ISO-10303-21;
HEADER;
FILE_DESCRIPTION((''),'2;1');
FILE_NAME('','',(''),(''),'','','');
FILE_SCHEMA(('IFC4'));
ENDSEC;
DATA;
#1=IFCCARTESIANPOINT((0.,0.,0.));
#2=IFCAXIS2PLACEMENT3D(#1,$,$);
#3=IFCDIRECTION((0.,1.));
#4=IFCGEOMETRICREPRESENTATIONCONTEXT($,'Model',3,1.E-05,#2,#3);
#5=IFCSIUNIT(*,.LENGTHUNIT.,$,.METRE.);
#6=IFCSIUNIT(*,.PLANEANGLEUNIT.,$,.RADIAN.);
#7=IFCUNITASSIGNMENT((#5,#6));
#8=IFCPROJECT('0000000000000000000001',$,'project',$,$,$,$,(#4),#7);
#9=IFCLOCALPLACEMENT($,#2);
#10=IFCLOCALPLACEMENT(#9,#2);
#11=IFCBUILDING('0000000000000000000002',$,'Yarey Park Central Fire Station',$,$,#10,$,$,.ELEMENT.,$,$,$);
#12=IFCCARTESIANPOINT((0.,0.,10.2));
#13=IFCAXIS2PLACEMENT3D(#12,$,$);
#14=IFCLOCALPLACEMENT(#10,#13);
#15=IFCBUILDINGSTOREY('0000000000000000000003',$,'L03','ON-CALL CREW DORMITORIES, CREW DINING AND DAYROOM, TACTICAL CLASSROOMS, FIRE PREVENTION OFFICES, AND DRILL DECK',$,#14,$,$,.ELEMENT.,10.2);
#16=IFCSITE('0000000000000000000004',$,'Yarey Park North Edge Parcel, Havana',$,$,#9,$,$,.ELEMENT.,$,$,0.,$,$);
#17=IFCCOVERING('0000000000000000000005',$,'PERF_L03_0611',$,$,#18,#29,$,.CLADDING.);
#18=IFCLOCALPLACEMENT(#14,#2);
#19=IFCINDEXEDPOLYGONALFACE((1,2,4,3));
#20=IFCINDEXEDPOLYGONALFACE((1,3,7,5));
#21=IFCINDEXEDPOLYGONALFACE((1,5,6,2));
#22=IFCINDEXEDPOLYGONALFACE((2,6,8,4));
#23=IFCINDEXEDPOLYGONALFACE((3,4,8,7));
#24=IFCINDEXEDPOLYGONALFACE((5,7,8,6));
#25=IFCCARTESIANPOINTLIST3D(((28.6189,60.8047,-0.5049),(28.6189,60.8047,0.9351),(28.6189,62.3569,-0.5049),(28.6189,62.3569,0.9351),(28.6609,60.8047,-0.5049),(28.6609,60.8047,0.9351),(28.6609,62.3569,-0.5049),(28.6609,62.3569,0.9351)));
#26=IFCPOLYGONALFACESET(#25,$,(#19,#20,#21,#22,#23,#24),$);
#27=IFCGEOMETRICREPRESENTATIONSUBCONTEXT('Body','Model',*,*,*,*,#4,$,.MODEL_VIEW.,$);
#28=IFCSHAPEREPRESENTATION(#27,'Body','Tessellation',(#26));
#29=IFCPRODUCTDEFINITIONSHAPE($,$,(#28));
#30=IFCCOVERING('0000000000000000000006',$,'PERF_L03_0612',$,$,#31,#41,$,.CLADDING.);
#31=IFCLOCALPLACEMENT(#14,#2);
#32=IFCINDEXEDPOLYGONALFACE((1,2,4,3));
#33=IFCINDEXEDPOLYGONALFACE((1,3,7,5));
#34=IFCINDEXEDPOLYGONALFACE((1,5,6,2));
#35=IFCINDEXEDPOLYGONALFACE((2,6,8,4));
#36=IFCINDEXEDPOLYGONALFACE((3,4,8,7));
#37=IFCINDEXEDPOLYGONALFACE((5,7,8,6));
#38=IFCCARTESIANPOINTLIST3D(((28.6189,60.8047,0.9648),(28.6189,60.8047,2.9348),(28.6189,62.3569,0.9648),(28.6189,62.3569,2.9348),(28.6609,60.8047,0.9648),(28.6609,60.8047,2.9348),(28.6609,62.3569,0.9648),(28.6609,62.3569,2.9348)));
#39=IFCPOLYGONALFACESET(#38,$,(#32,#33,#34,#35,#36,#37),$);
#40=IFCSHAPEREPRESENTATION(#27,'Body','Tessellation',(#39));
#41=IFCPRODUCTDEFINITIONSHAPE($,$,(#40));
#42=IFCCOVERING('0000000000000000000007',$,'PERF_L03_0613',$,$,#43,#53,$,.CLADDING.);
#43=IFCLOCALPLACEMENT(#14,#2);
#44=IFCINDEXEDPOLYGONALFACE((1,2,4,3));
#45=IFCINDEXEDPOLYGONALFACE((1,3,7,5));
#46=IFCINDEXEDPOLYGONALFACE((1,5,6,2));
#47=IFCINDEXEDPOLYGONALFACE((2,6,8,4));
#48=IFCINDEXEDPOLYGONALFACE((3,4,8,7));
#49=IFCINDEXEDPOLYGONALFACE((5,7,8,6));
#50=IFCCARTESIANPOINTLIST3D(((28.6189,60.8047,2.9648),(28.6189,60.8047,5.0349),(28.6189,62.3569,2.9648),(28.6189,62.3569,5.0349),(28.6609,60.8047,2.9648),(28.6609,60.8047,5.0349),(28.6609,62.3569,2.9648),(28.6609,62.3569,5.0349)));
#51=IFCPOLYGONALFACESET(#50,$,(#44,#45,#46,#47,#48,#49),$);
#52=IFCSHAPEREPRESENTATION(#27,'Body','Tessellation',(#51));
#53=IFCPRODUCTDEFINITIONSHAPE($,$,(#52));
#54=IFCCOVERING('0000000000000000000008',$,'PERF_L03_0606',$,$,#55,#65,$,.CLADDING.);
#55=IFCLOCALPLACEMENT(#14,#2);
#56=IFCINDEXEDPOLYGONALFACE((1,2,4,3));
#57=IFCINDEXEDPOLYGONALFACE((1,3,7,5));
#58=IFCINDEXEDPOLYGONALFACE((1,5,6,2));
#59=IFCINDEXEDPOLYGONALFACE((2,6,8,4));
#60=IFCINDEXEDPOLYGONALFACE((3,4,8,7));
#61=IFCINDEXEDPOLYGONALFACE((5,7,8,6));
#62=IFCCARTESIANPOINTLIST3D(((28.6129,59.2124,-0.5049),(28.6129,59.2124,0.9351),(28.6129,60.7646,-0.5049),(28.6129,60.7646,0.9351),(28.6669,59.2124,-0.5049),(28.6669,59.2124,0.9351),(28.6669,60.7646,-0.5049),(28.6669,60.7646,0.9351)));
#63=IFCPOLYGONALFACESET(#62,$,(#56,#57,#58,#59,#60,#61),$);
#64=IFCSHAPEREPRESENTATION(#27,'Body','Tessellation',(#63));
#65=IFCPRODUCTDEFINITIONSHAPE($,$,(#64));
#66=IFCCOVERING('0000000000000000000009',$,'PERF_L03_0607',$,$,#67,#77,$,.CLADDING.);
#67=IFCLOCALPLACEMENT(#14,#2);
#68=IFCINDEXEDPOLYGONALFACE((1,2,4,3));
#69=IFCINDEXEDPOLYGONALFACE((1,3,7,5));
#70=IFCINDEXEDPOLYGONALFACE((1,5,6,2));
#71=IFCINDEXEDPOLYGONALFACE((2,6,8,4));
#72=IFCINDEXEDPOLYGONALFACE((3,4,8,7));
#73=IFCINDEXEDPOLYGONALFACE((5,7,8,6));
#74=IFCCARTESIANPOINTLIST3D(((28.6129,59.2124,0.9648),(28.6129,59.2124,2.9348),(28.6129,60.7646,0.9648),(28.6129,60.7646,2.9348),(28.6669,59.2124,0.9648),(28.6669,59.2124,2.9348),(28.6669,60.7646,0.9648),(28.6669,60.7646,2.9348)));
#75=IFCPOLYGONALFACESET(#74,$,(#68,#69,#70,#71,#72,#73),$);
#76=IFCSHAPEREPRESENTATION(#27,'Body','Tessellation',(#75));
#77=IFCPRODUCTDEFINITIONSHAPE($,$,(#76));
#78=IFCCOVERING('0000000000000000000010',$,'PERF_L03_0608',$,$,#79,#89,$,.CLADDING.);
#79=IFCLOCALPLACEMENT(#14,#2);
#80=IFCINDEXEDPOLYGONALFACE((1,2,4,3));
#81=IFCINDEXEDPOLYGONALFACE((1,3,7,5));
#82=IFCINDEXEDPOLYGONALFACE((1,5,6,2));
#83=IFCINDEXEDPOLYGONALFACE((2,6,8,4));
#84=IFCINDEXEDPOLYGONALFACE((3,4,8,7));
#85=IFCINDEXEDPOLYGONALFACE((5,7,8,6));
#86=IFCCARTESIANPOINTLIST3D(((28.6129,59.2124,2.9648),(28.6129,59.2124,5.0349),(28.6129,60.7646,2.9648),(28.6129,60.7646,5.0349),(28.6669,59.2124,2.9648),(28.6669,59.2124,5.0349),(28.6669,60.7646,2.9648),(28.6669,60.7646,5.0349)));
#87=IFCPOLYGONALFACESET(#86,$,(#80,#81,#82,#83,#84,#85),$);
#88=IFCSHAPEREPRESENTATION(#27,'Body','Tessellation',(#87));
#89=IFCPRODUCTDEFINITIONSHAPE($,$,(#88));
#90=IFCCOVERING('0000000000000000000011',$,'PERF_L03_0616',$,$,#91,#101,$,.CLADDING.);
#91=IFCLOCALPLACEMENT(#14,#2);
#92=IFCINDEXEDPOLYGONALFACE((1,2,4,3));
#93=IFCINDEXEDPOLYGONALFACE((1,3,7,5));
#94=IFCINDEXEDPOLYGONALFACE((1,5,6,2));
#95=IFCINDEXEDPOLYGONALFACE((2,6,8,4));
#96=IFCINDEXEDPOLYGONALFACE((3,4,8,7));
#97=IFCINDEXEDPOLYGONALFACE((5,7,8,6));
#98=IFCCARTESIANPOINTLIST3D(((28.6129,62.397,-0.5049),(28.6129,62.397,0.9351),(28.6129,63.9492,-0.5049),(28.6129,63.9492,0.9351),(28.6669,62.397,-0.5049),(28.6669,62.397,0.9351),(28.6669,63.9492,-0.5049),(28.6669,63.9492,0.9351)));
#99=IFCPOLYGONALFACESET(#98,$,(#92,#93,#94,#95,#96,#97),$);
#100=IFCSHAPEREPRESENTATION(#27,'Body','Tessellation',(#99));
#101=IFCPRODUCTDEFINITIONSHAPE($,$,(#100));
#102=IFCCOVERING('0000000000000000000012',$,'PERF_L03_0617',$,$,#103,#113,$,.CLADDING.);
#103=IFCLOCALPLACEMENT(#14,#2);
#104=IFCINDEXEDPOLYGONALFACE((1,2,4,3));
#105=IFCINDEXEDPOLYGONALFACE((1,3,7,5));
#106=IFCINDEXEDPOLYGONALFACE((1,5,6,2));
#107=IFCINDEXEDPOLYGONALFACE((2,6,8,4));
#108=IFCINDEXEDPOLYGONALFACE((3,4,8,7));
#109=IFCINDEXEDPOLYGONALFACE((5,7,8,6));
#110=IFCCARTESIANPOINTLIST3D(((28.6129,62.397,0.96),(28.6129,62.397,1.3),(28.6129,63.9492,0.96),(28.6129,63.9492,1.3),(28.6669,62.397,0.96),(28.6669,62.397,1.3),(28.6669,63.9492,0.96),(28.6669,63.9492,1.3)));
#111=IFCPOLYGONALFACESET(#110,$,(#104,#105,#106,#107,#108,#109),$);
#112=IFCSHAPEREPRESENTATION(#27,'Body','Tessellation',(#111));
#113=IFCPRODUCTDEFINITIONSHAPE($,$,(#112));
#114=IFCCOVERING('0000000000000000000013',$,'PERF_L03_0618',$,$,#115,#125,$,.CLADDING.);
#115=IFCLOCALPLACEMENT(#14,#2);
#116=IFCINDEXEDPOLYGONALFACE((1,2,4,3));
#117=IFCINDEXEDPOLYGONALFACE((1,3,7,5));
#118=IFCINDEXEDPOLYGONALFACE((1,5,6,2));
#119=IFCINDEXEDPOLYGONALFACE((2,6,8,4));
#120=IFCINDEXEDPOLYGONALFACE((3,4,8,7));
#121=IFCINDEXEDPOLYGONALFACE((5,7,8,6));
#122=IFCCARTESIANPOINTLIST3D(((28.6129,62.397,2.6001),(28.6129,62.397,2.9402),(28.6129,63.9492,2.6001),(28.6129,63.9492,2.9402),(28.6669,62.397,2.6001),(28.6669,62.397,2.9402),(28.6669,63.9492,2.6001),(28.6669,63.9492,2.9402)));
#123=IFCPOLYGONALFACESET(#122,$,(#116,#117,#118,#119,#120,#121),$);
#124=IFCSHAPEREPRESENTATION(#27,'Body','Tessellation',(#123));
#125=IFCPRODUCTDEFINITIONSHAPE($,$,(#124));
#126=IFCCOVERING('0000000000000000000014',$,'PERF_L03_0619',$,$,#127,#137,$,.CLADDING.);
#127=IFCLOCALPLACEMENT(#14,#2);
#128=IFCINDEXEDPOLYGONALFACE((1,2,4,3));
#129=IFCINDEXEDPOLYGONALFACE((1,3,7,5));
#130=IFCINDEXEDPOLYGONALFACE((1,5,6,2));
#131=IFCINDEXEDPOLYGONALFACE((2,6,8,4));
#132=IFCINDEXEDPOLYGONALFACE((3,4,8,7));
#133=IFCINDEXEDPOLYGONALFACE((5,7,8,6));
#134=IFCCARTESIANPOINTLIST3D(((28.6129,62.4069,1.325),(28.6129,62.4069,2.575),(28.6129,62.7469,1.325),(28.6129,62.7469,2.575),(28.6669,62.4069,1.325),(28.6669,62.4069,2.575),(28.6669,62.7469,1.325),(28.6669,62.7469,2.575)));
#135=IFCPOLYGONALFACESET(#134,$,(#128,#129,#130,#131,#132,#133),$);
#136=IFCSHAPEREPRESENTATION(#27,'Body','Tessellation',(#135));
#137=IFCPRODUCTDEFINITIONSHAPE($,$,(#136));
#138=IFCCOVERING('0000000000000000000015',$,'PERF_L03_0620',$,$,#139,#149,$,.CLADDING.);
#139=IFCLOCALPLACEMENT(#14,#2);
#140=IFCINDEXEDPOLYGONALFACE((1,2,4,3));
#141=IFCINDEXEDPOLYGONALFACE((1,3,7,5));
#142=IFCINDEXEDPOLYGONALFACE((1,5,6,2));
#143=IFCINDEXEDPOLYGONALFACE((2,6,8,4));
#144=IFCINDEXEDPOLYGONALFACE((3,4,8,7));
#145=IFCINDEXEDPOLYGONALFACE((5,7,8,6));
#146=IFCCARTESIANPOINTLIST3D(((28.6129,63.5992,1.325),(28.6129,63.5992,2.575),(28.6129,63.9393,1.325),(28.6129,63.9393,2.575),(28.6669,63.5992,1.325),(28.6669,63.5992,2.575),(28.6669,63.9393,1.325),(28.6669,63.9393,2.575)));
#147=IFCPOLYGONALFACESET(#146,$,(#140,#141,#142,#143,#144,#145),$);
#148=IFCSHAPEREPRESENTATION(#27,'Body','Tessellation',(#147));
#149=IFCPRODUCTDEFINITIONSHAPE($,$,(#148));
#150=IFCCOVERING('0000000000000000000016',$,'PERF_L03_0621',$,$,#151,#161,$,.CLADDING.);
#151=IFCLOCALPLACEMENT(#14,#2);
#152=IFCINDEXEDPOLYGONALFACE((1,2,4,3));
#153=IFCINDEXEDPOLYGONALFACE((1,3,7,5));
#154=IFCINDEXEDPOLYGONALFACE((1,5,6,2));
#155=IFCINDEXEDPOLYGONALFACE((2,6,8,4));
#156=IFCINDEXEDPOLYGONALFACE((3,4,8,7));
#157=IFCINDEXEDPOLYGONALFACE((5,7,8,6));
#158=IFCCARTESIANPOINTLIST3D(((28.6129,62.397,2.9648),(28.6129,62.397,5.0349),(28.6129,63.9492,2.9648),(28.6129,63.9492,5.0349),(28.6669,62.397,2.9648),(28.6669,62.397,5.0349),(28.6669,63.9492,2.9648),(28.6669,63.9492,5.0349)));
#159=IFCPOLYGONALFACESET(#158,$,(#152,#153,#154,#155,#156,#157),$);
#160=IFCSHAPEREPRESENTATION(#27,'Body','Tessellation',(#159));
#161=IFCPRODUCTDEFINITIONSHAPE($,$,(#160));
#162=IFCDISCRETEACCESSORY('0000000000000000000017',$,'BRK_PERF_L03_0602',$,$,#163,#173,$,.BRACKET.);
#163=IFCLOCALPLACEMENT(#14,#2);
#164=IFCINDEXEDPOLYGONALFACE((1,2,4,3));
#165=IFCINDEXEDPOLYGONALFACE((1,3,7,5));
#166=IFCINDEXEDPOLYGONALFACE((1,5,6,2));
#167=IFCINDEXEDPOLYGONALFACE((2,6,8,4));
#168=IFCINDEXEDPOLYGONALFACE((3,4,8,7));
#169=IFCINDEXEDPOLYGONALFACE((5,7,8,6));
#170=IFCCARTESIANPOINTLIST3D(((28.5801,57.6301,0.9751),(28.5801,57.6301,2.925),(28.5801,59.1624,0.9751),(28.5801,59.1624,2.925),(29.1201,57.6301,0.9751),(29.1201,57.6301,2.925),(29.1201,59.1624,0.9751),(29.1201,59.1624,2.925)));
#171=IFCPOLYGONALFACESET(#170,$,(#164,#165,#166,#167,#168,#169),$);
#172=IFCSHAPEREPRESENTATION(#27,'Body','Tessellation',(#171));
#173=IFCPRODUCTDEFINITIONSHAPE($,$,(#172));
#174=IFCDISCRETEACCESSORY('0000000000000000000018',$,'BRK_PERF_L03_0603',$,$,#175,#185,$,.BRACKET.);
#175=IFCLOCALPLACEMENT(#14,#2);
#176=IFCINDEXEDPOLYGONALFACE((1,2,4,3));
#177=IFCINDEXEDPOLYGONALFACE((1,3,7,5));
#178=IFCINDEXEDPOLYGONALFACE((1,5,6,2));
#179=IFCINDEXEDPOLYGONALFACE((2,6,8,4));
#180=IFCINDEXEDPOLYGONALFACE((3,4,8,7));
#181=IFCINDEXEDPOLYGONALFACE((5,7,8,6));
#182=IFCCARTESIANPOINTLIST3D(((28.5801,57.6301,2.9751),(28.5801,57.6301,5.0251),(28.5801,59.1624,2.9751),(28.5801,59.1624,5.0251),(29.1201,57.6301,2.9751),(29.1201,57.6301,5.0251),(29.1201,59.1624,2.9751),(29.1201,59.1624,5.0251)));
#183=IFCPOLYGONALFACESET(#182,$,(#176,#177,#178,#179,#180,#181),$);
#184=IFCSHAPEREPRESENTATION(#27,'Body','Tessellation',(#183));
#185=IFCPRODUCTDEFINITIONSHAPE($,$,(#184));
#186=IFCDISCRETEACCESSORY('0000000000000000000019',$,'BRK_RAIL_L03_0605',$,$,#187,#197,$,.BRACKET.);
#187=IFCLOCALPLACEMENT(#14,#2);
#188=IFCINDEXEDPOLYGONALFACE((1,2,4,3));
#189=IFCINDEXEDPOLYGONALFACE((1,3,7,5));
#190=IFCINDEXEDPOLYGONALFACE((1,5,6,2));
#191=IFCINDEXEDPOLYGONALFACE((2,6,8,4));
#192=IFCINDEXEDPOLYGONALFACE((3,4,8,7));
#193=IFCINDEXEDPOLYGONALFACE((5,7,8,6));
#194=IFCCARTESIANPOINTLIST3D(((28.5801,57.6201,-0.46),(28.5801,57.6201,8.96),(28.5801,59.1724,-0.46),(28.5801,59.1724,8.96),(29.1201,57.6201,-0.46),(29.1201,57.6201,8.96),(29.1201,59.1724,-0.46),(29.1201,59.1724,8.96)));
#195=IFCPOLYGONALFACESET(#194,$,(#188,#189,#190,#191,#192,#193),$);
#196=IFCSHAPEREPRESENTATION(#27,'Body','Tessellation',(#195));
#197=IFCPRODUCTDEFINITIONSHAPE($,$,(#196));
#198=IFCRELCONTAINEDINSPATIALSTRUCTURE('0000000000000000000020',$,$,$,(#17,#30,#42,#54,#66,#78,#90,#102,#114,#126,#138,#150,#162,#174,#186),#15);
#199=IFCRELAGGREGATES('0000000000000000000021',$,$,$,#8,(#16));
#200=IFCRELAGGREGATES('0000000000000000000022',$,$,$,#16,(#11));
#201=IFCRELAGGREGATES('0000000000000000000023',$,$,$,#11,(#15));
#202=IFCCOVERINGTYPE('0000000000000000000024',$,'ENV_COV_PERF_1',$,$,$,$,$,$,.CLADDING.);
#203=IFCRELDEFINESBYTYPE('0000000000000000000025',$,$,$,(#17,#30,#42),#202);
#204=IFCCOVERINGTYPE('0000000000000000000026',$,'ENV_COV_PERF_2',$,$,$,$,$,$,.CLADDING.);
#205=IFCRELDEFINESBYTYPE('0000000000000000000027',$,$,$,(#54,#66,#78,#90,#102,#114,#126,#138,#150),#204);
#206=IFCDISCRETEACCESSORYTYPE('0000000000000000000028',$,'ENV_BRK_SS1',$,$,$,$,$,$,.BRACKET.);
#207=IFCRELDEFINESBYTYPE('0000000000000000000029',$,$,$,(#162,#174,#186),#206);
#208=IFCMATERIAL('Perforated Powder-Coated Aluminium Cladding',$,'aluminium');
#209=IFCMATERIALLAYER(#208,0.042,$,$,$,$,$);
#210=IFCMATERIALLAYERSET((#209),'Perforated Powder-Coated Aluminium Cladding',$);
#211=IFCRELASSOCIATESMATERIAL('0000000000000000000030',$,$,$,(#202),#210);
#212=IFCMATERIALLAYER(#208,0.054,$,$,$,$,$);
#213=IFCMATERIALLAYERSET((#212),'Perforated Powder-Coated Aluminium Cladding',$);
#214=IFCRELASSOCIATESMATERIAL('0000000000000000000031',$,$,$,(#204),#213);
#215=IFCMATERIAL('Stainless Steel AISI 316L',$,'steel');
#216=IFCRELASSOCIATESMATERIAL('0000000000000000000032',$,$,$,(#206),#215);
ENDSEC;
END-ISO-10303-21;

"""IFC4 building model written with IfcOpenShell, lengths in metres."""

from ifc_helpers import new_model, si_unit, direction, frame, origin, origin_2d, place, context, subcontext, project, spatial, rectangle, extrude, material, layer, layer_set, type_object, element, save


model = new_model("IFC4")

# Units and contexts
model_context = context("Model", 3, precision=1e-05, world=origin(), true_north=direction((0.0, 1.0)))
body_context = subcontext(model_context, "Body", "Model", "MODEL_VIEW")
ifc_project = project(units=[si_unit("LENGTHUNIT", "METRE"), si_unit("PLANEANGLEUNIT", "RADIAN")], contexts=[model_context])

# Site, building, storey
site_placement = place(None, origin())
site = spatial("IfcSite", under=ifc_project, at=site_placement, Name="Yarey Park North Edge Parcel, Havana", CompositionType="ELEMENT", RefElevation=0.0)
building_placement = place(site_placement, origin())
building = spatial("IfcBuilding", under=site, at=building_placement, Name="Yarey Park Central Fire Station", CompositionType="ELEMENT")
storey_placement = place(building_placement, frame((0.0, 0.0, 10.2)))
storey = spatial("IfcBuildingStorey", under=building, at=storey_placement, Name="L03", Description="ON-CALL CREW DORMITORIES, CREW DINING AND DAYROOM, TACTICAL CLASSROOMS, FIRE PREVENTION OFFICES, AND DRILL DECK", CompositionType="ELEMENT", Elevation=10.2)

# Coverings
ifc_material_1 = material(Name="Perforated Powder-Coated Aluminium Cladding", Category="aluminium")
ifc_layer_1 = layer(ifc_material_1, 0.042)
ifc_layer_set_1 = layer_set([ifc_layer_1], Name="Perforated Powder-Coated Aluminium Cladding")
covering_type_1 = type_object("IfcCoveringType", Name="ENV_COV_PERF_1", PredefinedType="CLADDING", material=ifc_layer_set_1)
covering_1_placement = place(storey_placement, frame((28.6399, 61.5808, -0.5049), z_axis=(0.0, 0.0, 1.0), x_axis=(0.0, 1.0, 0.0)))
element("IfcCovering", 1, at=covering_1_placement, inside=storey, type_object=covering_type_1, Name="PERF_L03_0611", PredefinedType="CLADDING", context=body_context, shape_type="SweptSolid", body=[
    extrude(rectangle(XDim=1.5522, YDim=0.042, at=origin_2d()), origin(), (0.0, 0.0, 1.0), 1.4399),
])
covering_2_placement = place(storey_placement, frame((28.6399, 61.5808, 0.9648), z_axis=(0.0, 0.0, 1.0), x_axis=(0.0, 1.0, 0.0)))
element("IfcCovering", 2, at=covering_2_placement, inside=storey, type_object=covering_type_1, Name="PERF_L03_0612", PredefinedType="CLADDING", context=body_context, shape_type="SweptSolid", body=[
    extrude(rectangle(XDim=1.5522, YDim=0.042, at=origin_2d()), origin(), (0.0, 0.0, 1.0), 1.97),
])
covering_3_placement = place(storey_placement, frame((28.6399, 61.5808, 2.9648), z_axis=(0.0, 0.0, 1.0), x_axis=(0.0, 1.0, 0.0)))
element("IfcCovering", 3, at=covering_3_placement, inside=storey, type_object=covering_type_1, Name="PERF_L03_0613", PredefinedType="CLADDING", context=body_context, shape_type="SweptSolid", body=[
    extrude(rectangle(XDim=1.5522, YDim=0.042, at=origin_2d()), origin(), (0.0, 0.0, 1.0), 2.0701),
])
ifc_layer_2 = layer(ifc_material_1, 0.054)
ifc_layer_set_2 = layer_set([ifc_layer_2], Name="Perforated Powder-Coated Aluminium Cladding")
covering_type_2 = type_object("IfcCoveringType", Name="ENV_COV_PERF_2", PredefinedType="CLADDING", material=ifc_layer_set_2)
covering_4_placement = place(storey_placement, frame((28.6399, 59.9885, -0.5049), z_axis=(0.0, 0.0, 1.0), x_axis=(0.0, 1.0, 0.0)))
element("IfcCovering", 4, at=covering_4_placement, inside=storey, type_object=covering_type_2, Name="PERF_L03_0606", PredefinedType="CLADDING", context=body_context, shape_type="SweptSolid", body=[
    extrude(rectangle(XDim=1.5522, YDim=0.054, at=origin_2d()), origin(), (0.0, 0.0, 1.0), 1.4399),
])
covering_5_placement = place(storey_placement, frame((28.6399, 59.9885, 0.9648), z_axis=(0.0, 0.0, 1.0), x_axis=(0.0, 1.0, 0.0)))
element("IfcCovering", 5, at=covering_5_placement, inside=storey, type_object=covering_type_2, Name="PERF_L03_0607", PredefinedType="CLADDING", context=body_context, shape_type="SweptSolid", body=[
    extrude(rectangle(XDim=1.5522, YDim=0.054, at=origin_2d()), origin(), (0.0, 0.0, 1.0), 1.97),
])
covering_6_placement = place(storey_placement, frame((28.6399, 59.9885, 2.9648), z_axis=(0.0, 0.0, 1.0), x_axis=(0.0, 1.0, 0.0)))
element("IfcCovering", 6, at=covering_6_placement, inside=storey, type_object=covering_type_2, Name="PERF_L03_0608", PredefinedType="CLADDING", context=body_context, shape_type="SweptSolid", body=[
    extrude(rectangle(XDim=1.5522, YDim=0.054, at=origin_2d()), origin(), (0.0, 0.0, 1.0), 2.0701),
])
covering_7_placement = place(storey_placement, frame((28.6399, 63.1731, -0.5049), z_axis=(0.0, 0.0, 1.0), x_axis=(0.0, 1.0, 0.0)))
element("IfcCovering", 7, at=covering_7_placement, inside=storey, type_object=covering_type_2, Name="PERF_L03_0616", PredefinedType="CLADDING", context=body_context, shape_type="SweptSolid", body=[
    extrude(rectangle(XDim=1.5522, YDim=0.054, at=origin_2d()), origin(), (0.0, 0.0, 1.0), 1.4399),
])
for number, where, z_axis, x_axis, name in (
    (8, (28.6399, 63.1731, 0.96), (0.0, 0.0, 1.0), (0.0, 1.0, 0.0), "PERF_L03_0617"),
    (9, (28.6399, 63.1731, 2.6001), (0.0, 0.0, 1.0), (0.0, 1.0, 0.0), "PERF_L03_0618"),
):
    element("IfcCovering", number, at=place(storey_placement, frame(where, z_axis=z_axis, x_axis=x_axis)), inside=storey, type_object=covering_type_2, Name=name, PredefinedType="CLADDING", context=body_context, shape_type="SweptSolid", body=[
        extrude(rectangle(XDim=1.5522, YDim=0.054, at=origin_2d()), origin(), (0.0, 0.0, 1.0), 0.3401),
    ])
for number, where, z_axis, x_axis, name in (
    (10, (28.6399, 62.5769, 1.325), (0.0, 0.0, 1.0), (0.0, 1.0, 0.0), "PERF_L03_0619"),
    (11, (28.6399, 63.7693, 1.325), (0.0, 0.0, 1.0), (0.0, 1.0, 0.0), "PERF_L03_0620"),
):
    element("IfcCovering", number, at=place(storey_placement, frame(where, z_axis=z_axis, x_axis=x_axis)), inside=storey, type_object=covering_type_2, Name=name, PredefinedType="CLADDING", context=body_context, shape_type="SweptSolid", body=[
        extrude(rectangle(XDim=0.3401, YDim=0.054, at=origin_2d()), origin(), (0.0, 0.0, 1.0), 1.25),
    ])
covering_8_placement = place(storey_placement, frame((28.6399, 63.1731, 2.9648), z_axis=(0.0, 0.0, 1.0), x_axis=(0.0, 1.0, 0.0)))
element("IfcCovering", 12, at=covering_8_placement, inside=storey, type_object=covering_type_2, Name="PERF_L03_0621", PredefinedType="CLADDING", context=body_context, shape_type="SweptSolid", body=[
    extrude(rectangle(XDim=1.5522, YDim=0.054, at=origin_2d()), origin(), (0.0, 0.0, 1.0), 2.0701),
])

# Discrete accessories
ifc_material_2 = material(Name="Stainless Steel AISI 316L", Category="steel")
discrete_accessory_type = type_object("IfcDiscreteAccessoryType", Name="ENV_BRK_SS1", PredefinedType="BRACKET", material=ifc_material_2)
discrete_accessory_1_placement = place(storey_placement, frame((28.8501, 58.3962, 0.9751), z_axis=(0.0, 0.0, 1.0), x_axis=(1.0, 0.0, 0.0)))
element("IfcDiscreteAccessory", 13, at=discrete_accessory_1_placement, inside=storey, type_object=discrete_accessory_type, Name="BRK_PERF_L03_0602", PredefinedType="BRACKET", context=body_context, shape_type="SweptSolid", body=[
    extrude(rectangle(XDim=0.54, YDim=1.5322, at=origin_2d()), origin(), (0.0, 0.0, 1.0), 1.95),
])
discrete_accessory_2_placement = place(storey_placement, frame((28.8501, 58.3962, 2.9751), z_axis=(0.0, 0.0, 1.0), x_axis=(1.0, 0.0, 0.0)))
element("IfcDiscreteAccessory", 14, at=discrete_accessory_2_placement, inside=storey, type_object=discrete_accessory_type, Name="BRK_PERF_L03_0603", PredefinedType="BRACKET", context=body_context, shape_type="SweptSolid", body=[
    extrude(rectangle(XDim=0.54, YDim=1.5322, at=origin_2d()), origin(), (0.0, 0.0, 1.0), 2.05),
])
discrete_accessory_3_placement = place(storey_placement, frame((28.8501, 58.3962, -0.46), z_axis=(0.0, 0.0, 1.0), x_axis=(1.0, 0.0, 0.0)))
element("IfcDiscreteAccessory", 15, at=discrete_accessory_3_placement, inside=storey, type_object=discrete_accessory_type, Name="BRK_RAIL_L03_0605", PredefinedType="BRACKET", context=body_context, shape_type="SweptSolid", body=[
    extrude(rectangle(XDim=0.54, YDim=1.5522, at=origin_2d()), origin(), (0.0, 0.0, 1.0), 9.4199),
])

save(model, "model.ifc")
